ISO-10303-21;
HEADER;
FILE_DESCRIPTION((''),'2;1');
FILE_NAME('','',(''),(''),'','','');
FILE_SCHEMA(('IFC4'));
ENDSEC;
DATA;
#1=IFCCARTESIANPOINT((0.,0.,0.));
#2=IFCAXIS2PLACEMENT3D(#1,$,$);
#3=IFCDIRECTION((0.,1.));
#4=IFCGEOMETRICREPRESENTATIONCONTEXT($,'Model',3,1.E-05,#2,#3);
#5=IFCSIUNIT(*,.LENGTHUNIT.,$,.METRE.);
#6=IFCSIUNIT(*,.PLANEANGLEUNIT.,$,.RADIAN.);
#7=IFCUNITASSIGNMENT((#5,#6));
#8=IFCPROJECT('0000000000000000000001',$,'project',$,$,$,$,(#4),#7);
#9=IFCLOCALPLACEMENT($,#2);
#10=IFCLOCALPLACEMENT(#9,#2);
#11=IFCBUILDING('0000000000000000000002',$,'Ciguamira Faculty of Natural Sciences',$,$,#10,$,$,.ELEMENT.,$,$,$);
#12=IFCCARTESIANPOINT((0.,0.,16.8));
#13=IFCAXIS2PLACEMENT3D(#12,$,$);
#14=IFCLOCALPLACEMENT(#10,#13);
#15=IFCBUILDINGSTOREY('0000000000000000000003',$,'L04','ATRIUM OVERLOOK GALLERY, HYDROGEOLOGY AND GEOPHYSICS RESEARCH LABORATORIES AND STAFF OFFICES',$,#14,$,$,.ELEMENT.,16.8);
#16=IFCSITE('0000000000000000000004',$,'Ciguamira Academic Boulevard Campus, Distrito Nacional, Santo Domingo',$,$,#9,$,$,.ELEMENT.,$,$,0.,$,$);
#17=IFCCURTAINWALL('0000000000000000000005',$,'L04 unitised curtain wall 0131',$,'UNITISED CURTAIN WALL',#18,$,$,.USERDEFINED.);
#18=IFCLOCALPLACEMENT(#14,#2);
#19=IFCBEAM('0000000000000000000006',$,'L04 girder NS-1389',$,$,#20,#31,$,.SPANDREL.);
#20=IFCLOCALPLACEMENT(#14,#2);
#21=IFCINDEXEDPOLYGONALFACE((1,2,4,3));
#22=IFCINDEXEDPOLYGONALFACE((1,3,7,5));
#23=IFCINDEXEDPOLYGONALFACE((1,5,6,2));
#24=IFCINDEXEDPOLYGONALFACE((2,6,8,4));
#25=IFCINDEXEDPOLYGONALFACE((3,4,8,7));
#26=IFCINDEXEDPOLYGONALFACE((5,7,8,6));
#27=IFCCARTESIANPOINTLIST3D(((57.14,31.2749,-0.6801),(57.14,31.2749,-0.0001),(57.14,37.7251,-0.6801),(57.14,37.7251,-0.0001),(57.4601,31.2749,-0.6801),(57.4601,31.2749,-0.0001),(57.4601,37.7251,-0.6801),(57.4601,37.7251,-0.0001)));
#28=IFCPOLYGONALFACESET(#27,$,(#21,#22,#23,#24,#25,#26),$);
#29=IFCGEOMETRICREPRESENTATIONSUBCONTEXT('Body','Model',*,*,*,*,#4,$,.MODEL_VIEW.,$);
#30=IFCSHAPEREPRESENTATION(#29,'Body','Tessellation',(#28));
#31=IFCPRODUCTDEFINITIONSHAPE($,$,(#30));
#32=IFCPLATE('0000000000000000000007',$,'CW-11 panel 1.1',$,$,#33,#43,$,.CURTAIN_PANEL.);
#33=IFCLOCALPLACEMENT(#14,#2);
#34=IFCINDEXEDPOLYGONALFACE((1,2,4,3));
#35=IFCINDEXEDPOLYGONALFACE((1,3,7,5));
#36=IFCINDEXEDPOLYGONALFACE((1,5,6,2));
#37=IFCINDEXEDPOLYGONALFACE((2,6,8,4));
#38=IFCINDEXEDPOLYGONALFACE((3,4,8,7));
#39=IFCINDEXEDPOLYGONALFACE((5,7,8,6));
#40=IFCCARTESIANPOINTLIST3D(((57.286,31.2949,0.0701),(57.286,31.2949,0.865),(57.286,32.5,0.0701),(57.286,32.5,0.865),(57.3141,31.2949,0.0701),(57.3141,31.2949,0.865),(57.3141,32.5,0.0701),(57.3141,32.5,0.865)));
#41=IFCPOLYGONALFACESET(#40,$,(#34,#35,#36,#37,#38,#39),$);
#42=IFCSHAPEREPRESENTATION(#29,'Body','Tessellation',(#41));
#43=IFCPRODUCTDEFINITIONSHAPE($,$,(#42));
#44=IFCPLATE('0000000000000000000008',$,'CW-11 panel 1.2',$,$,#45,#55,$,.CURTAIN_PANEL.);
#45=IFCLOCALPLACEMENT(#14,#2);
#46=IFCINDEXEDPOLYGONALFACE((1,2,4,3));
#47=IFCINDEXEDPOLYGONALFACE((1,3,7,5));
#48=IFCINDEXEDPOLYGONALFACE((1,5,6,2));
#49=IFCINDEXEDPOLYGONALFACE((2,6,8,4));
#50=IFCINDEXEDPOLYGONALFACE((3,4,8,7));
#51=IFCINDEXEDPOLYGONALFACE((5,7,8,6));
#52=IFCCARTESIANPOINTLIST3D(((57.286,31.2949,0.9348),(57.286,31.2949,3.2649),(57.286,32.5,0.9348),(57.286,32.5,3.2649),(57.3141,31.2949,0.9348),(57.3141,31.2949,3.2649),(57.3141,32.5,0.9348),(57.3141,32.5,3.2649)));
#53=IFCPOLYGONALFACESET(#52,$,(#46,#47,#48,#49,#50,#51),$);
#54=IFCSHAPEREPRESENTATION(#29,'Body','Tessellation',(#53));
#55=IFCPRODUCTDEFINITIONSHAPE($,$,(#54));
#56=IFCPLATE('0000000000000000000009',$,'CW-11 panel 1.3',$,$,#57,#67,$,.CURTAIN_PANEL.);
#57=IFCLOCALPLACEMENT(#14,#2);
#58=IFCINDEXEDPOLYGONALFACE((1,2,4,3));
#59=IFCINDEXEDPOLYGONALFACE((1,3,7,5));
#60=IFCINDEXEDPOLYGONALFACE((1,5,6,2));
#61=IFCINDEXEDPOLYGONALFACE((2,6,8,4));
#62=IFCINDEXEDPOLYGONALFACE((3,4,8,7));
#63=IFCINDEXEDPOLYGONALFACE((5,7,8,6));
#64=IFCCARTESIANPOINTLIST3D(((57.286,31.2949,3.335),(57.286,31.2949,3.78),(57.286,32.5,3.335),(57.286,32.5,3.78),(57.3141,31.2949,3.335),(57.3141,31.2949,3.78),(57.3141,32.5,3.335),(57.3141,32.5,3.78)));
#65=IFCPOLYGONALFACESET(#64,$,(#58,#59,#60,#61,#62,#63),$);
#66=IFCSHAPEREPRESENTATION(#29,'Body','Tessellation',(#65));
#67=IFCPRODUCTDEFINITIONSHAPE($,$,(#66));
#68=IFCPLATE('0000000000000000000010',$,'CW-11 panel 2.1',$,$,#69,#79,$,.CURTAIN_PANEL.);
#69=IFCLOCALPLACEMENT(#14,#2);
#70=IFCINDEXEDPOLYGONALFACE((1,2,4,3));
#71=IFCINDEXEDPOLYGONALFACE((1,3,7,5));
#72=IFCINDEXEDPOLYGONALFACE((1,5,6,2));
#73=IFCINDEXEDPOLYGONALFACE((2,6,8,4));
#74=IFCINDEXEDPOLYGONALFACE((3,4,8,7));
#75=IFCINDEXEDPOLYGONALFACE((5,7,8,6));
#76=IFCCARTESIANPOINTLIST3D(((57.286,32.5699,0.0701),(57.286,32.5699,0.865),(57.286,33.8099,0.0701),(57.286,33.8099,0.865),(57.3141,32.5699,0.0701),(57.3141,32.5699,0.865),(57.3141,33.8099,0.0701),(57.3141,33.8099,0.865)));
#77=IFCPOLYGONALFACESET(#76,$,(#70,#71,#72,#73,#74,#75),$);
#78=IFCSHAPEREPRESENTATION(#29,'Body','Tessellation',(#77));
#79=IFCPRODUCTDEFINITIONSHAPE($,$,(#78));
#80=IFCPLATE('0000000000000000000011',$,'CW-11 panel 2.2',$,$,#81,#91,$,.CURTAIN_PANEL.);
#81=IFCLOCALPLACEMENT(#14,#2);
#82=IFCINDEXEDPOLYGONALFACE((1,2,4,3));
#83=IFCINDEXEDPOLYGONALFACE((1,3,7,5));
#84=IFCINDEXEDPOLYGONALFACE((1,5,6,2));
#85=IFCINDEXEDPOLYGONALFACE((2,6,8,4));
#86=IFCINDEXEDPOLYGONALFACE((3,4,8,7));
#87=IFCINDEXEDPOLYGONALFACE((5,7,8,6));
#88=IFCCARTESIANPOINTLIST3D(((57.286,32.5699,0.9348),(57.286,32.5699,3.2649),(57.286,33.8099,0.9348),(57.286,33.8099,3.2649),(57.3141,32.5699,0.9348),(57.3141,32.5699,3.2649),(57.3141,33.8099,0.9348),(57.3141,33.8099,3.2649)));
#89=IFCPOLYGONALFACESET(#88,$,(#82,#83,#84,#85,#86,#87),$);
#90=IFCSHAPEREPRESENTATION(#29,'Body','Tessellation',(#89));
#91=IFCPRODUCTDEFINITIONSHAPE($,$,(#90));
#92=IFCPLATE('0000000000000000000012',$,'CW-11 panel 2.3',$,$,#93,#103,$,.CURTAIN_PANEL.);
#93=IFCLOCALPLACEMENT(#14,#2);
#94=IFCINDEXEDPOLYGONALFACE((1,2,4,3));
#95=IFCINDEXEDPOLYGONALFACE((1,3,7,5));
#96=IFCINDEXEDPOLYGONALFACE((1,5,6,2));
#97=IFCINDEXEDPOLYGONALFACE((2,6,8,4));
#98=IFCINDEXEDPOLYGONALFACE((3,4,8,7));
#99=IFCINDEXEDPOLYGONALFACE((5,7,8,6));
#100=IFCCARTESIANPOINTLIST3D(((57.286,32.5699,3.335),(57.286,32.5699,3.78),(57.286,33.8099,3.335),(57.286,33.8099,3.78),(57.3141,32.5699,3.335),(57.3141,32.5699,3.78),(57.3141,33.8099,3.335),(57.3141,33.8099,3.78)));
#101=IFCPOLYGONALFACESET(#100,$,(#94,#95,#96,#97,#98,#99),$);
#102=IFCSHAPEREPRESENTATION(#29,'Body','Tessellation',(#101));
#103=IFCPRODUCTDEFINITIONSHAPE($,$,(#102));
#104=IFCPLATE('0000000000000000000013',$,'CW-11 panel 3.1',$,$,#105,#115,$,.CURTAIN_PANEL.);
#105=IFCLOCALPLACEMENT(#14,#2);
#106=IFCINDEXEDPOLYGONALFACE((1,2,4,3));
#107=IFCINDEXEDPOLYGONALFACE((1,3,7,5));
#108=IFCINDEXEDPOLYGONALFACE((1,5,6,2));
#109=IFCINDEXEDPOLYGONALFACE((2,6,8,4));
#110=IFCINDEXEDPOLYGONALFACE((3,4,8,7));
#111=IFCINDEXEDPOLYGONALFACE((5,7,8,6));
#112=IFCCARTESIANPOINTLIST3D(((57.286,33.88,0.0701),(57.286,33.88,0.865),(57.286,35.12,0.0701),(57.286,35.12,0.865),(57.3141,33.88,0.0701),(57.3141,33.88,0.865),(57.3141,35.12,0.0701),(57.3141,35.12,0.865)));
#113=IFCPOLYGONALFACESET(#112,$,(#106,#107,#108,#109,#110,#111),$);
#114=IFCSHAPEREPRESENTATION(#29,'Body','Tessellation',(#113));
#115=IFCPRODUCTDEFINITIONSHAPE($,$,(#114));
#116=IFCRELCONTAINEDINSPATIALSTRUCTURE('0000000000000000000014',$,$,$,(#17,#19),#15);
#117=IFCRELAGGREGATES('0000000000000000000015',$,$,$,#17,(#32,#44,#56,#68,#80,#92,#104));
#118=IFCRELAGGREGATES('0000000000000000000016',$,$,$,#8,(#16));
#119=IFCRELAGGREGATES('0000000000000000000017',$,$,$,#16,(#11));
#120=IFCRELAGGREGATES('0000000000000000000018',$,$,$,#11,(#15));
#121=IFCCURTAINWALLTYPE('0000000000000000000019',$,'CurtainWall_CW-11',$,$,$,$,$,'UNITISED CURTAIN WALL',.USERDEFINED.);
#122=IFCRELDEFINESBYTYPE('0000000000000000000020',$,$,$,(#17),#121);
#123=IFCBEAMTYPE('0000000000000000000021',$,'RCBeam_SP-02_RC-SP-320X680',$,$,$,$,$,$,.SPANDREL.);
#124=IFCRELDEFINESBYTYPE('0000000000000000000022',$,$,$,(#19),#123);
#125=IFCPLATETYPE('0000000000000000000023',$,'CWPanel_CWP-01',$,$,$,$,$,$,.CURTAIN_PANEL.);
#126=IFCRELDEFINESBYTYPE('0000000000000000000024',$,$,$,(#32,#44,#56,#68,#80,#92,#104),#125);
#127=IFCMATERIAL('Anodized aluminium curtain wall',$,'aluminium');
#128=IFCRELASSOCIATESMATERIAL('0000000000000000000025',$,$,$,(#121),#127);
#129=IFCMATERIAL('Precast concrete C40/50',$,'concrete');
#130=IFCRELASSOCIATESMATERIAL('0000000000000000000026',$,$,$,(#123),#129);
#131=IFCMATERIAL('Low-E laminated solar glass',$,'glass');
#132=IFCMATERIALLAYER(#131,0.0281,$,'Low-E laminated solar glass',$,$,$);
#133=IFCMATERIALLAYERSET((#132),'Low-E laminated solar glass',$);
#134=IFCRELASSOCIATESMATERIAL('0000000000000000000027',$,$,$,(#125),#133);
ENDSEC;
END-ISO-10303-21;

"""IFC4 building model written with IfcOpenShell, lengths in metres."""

from ifc_helpers import new_model, si_unit, direction, frame, origin, origin_2d, place, context, subcontext, project, spatial, rectangle, extrude, material, layer, layer_set, material_profile, profile_set, type_object, element, aggregate, save


model = new_model("IFC4")

# Units and contexts
model_context = context("Model", 3, precision=1e-05, world=origin(), true_north=direction((0.0, 1.0)))
body_context = subcontext(model_context, "Body", "Model", "MODEL_VIEW")
ifc_project = project(units=[si_unit("LENGTHUNIT", "METRE"), si_unit("PLANEANGLEUNIT", "RADIAN")], contexts=[model_context])

# Site, building, storey
site_placement = place(None, origin())
site = spatial("IfcSite", under=ifc_project, at=site_placement, Name="Ciguamira Academic Boulevard Campus, Distrito Nacional, Santo Domingo", CompositionType="ELEMENT", RefElevation=0.0)
building_placement = place(site_placement, origin())
building = spatial("IfcBuilding", under=site, at=building_placement, Name="Ciguamira Faculty of Natural Sciences", CompositionType="ELEMENT")
storey_placement = place(building_placement, frame((0.0, 0.0, 16.8)))
storey = spatial("IfcBuildingStorey", under=building, at=storey_placement, Name="L04", Description="ATRIUM OVERLOOK GALLERY, HYDROGEOLOGY AND GEOPHYSICS RESEARCH LABORATORIES AND STAFF OFFICES", CompositionType="ELEMENT", Elevation=16.8)

# Curtain wall
ifc_material_1 = material(Name="Anodized aluminium curtain wall", Category="aluminium")
curtain_wall_type = type_object("IfcCurtainWallType", Name="CurtainWall_CW-11", ElementType="UNITISED CURTAIN WALL", PredefinedType="USERDEFINED", material=ifc_material_1)
curtain_wall_placement = place(storey_placement, origin())
curtain_wall = element("IfcCurtainWall", 1, at=curtain_wall_placement, inside=storey, type_object=curtain_wall_type, Name="L04 unitised curtain wall 0131", ObjectType="UNITISED CURTAIN WALL", PredefinedType="USERDEFINED")

# Beam
ifc_material_2 = material(Name="Precast concrete C40/50", Category="concrete")
ifc_material_profile_1 = material_profile(ifc_material_2, rectangle(XDim=0.3201, YDim=0.6799, at=origin_2d()), Name="RC-SP-320X680")
ifc_profile_set_1 = profile_set([ifc_material_profile_1], Name="Precast concrete C40/50")
beam_type = type_object("IfcBeamType", Name="RCBeam_SP-02_RC-SP-320X680", PredefinedType="SPANDREL", material=ifc_profile_set_1)
beam_placement = place(storey_placement, frame((57.3, 31.2749, -0.3401), z_axis=(0.0, 1.0, 0.0), x_axis=(-1.0, 0.0, 0.0)))
element("IfcBeam", 2, at=beam_placement, inside=storey, type_object=beam_type, Name="L04 girder NS-1389", PredefinedType="SPANDREL", context=body_context, shape_type="SweptSolid", body=[
    extrude(rectangle(XDim=0.3201, YDim=0.6799, at=origin_2d()), origin(), (0.0, 0.0, 1.0), 6.4502),
])

# Plates
ifc_material_3 = material(Name="Low-E laminated solar glass", Category="glass")
ifc_layer = layer(ifc_material_3, 0.0281, Name="Low-E laminated solar glass")
ifc_layer_set = layer_set([ifc_layer], Name="Low-E laminated solar glass")
plate_type = type_object("IfcPlateType", Name="CWPanel_CWP-01", PredefinedType="CURTAIN_PANEL", material=ifc_layer_set)
plate_1_placement = place(storey_placement, frame((57.3, 31.8975, 0.0701), z_axis=(0.0, 0.0, 1.0), x_axis=(0.0, 1.0, 0.0)))
plate_1 = element("IfcPlate", 3, at=plate_1_placement, type_object=plate_type, Name="CW-11 panel 1.1", PredefinedType="CURTAIN_PANEL", context=body_context, shape_type="SweptSolid", body=[
    extrude(rectangle(XDim=1.2051, YDim=0.0281, at=origin_2d()), origin(), (0.0, 0.0, 1.0), 0.7949),
])
plate_2_placement = place(storey_placement, frame((57.3, 31.8975, 0.9348), z_axis=(0.0, 0.0, 1.0), x_axis=(0.0, 1.0, 0.0)))
plate_2 = element("IfcPlate", 4, at=plate_2_placement, type_object=plate_type, Name="CW-11 panel 1.2", PredefinedType="CURTAIN_PANEL", context=body_context, shape_type="SweptSolid", body=[
    extrude(rectangle(XDim=1.2051, YDim=0.0281, at=origin_2d()), origin(), (0.0, 0.0, 1.0), 2.3301),
])
plate_3_placement = place(storey_placement, frame((57.3, 31.8975, 3.335), z_axis=(0.0, 0.0, 1.0), x_axis=(0.0, 1.0, 0.0)))
plate_3 = element("IfcPlate", 5, at=plate_3_placement, type_object=plate_type, Name="CW-11 panel 1.3", PredefinedType="CURTAIN_PANEL", context=body_context, shape_type="SweptSolid", body=[
    extrude(rectangle(XDim=1.2051, YDim=0.0281, at=origin_2d()), origin(), (0.0, 0.0, 1.0), 0.4451),
])
plate_4_placement = place(storey_placement, frame((57.3, 33.1899, 0.0701), z_axis=(0.0, 0.0, 1.0), x_axis=(0.0, 1.0, 0.0)))
plate_4 = element("IfcPlate", 6, at=plate_4_placement, type_object=plate_type, Name="CW-11 panel 2.1", PredefinedType="CURTAIN_PANEL", context=body_context, shape_type="SweptSolid", body=[
    extrude(rectangle(XDim=1.24, YDim=0.0281, at=origin_2d()), origin(), (0.0, 0.0, 1.0), 0.7949),
])
plate_5_placement = place(storey_placement, frame((57.3, 33.1899, 0.9348), z_axis=(0.0, 0.0, 1.0), x_axis=(0.0, 1.0, 0.0)))
plate_5 = element("IfcPlate", 7, at=plate_5_placement, type_object=plate_type, Name="CW-11 panel 2.2", PredefinedType="CURTAIN_PANEL", context=body_context, shape_type="SweptSolid", body=[
    extrude(rectangle(XDim=1.24, YDim=0.0281, at=origin_2d()), origin(), (0.0, 0.0, 1.0), 2.3301),
])
plate_6_placement = place(storey_placement, frame((57.3, 33.1899, 3.335), z_axis=(0.0, 0.0, 1.0), x_axis=(0.0, 1.0, 0.0)))
plate_6 = element("IfcPlate", 8, at=plate_6_placement, type_object=plate_type, Name="CW-11 panel 2.3", PredefinedType="CURTAIN_PANEL", context=body_context, shape_type="SweptSolid", body=[
    extrude(rectangle(XDim=1.24, YDim=0.0281, at=origin_2d()), origin(), (0.0, 0.0, 1.0), 0.4451),
])
plate_7_placement = place(storey_placement, frame((57.3, 34.5, 0.0701), z_axis=(0.0, 0.0, 1.0), x_axis=(0.0, 1.0, 0.0)))
plate_7 = element("IfcPlate", 9, at=plate_7_placement, type_object=plate_type, Name="CW-11 panel 3.1", PredefinedType="CURTAIN_PANEL", context=body_context, shape_type="SweptSolid", body=[
    extrude(rectangle(XDim=1.24, YDim=0.0281, at=origin_2d()), origin(), (0.0, 0.0, 1.0), 0.7949),
])
aggregate(curtain_wall, [plate_1, plate_2, plate_3, plate_4, plate_5, plate_6, plate_7])

save(model, "model.ifc")
